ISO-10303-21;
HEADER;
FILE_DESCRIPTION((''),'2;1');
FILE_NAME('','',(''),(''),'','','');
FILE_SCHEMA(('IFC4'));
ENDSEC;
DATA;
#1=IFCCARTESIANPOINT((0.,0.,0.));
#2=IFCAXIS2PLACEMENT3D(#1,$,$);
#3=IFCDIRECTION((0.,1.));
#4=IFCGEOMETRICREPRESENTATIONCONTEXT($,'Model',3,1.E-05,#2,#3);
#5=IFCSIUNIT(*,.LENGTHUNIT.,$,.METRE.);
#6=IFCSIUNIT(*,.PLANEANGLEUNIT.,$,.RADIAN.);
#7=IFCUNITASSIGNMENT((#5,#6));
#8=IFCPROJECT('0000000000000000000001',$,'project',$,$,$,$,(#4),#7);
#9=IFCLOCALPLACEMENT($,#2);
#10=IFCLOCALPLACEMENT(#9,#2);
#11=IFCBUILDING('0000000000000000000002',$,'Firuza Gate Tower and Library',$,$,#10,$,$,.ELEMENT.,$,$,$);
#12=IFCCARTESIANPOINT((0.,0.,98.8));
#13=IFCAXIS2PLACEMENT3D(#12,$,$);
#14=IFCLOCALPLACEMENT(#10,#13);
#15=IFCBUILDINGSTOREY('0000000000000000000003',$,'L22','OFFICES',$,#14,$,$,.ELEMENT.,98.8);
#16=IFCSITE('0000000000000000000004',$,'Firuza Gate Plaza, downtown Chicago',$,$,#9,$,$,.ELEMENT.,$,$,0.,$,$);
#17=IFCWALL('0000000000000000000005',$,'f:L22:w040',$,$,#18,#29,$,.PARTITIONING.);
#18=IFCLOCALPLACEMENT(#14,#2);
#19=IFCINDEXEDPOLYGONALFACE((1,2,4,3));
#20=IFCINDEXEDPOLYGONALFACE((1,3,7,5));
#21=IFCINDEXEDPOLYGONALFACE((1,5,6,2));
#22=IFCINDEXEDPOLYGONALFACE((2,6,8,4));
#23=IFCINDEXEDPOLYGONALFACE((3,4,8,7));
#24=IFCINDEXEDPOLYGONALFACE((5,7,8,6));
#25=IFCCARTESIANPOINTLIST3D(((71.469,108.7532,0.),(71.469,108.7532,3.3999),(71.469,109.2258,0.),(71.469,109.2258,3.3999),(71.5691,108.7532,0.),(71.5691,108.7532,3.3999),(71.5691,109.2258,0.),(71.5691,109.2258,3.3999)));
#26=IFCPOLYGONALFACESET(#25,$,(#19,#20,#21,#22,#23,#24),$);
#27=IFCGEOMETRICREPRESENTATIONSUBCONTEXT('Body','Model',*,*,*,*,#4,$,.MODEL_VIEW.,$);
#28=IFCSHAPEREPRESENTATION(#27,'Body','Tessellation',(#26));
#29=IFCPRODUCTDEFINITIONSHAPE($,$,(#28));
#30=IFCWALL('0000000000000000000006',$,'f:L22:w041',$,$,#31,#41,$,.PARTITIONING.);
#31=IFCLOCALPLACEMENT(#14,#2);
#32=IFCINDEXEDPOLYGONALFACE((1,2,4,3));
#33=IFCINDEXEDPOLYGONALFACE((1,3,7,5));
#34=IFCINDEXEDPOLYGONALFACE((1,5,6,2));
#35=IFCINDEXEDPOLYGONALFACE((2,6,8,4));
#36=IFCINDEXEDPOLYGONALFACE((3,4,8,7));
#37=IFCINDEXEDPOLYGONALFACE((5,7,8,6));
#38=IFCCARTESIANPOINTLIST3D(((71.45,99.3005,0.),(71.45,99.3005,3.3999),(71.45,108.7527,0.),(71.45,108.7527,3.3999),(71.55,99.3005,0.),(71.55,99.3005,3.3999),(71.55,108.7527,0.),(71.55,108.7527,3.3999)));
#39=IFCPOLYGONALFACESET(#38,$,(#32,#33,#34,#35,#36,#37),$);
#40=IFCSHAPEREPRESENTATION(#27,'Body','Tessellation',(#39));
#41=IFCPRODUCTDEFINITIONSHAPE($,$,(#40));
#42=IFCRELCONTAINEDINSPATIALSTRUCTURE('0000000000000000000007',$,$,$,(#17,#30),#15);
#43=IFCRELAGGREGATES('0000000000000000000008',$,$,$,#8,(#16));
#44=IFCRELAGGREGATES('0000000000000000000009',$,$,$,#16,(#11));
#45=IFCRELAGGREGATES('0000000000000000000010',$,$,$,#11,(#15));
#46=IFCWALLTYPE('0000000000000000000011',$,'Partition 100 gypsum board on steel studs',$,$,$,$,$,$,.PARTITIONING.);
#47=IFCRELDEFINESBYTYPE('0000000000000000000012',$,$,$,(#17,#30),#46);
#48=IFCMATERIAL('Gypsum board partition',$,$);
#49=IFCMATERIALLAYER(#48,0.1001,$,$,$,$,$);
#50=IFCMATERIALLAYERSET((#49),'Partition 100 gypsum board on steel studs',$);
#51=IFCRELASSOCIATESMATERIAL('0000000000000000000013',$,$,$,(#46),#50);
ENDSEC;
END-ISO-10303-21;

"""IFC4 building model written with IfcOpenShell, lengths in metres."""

from ifc_helpers import new_model, si_unit, direction, frame, frame_2d, origin, place, context, subcontext, project, spatial, rectangle, extrude, material, layer, layer_set, type_object, element, save


model = new_model("IFC4")

# Units and contexts
model_context = context("Model", 3, precision=1e-05, world=origin(), true_north=direction((0.0, 1.0)))
body_context = subcontext(model_context, "Body", "Model", "MODEL_VIEW")
ifc_project = project(units=[si_unit("LENGTHUNIT", "METRE"), si_unit("PLANEANGLEUNIT", "RADIAN")], contexts=[model_context])

# Site, building, storey
site_placement = place(None, origin())
site = spatial("IfcSite", under=ifc_project, at=site_placement, Name="Firuza Gate Plaza, downtown Chicago", CompositionType="ELEMENT", RefElevation=0.0)
building_placement = place(site_placement, origin())
building = spatial("IfcBuilding", under=site, at=building_placement, Name="Firuza Gate Tower and Library", CompositionType="ELEMENT")
storey_placement = place(building_placement, frame((0.0, 0.0, 98.8)))
storey = spatial("IfcBuildingStorey", under=building, at=storey_placement, Name="L22", Description="OFFICES", CompositionType="ELEMENT", Elevation=98.8)

# Shared definitions
ifc_material_1 = material(Name="Gypsum board partition")
ifc_layer_1 = layer(ifc_material_1, 0.1001)
ifc_layer_set_1 = layer_set([ifc_layer_1], Name="Partition 100 gypsum board on steel studs")
wall_type = type_object("IfcWallType", Name="Partition 100 gypsum board on steel studs", PredefinedType="PARTITIONING", material=ifc_layer_set_1)

# Walls
wall_1_placement = place(storey_placement, frame((71.519, 108.7532, 0.0), z_axis=(0.0, 0.0, 1.0), x_axis=(0.0, 1.0, 0.0)))
element("IfcWall", 1, at=wall_1_placement, inside=storey, type_object=wall_type, Name="f:L22:w040", PredefinedType="PARTITIONING", context=body_context, shape_type="SweptSolid", body=[
    extrude(rectangle(XDim=0.4727, YDim=0.1001, at=frame_2d((0.2363, 0.0))), origin(), (0.0, 0.0, 1.0), 3.3999),
])
wall_2_placement = place(storey_placement, frame((71.5, 99.3005, 0.0), z_axis=(0.0, 0.0, 1.0), x_axis=(0.0, 1.0, 0.0)))
element("IfcWall", 2, at=wall_2_placement, inside=storey, type_object=wall_type, Name="f:L22:w041", PredefinedType="PARTITIONING", context=body_context, shape_type="SweptSolid", body=[
    extrude(rectangle(XDim=9.4521, YDim=0.1001, at=frame_2d((4.7261, 0.0))), origin(), (0.0, 0.0, 1.0), 3.3999),
])

save(model, "model.ifc")
